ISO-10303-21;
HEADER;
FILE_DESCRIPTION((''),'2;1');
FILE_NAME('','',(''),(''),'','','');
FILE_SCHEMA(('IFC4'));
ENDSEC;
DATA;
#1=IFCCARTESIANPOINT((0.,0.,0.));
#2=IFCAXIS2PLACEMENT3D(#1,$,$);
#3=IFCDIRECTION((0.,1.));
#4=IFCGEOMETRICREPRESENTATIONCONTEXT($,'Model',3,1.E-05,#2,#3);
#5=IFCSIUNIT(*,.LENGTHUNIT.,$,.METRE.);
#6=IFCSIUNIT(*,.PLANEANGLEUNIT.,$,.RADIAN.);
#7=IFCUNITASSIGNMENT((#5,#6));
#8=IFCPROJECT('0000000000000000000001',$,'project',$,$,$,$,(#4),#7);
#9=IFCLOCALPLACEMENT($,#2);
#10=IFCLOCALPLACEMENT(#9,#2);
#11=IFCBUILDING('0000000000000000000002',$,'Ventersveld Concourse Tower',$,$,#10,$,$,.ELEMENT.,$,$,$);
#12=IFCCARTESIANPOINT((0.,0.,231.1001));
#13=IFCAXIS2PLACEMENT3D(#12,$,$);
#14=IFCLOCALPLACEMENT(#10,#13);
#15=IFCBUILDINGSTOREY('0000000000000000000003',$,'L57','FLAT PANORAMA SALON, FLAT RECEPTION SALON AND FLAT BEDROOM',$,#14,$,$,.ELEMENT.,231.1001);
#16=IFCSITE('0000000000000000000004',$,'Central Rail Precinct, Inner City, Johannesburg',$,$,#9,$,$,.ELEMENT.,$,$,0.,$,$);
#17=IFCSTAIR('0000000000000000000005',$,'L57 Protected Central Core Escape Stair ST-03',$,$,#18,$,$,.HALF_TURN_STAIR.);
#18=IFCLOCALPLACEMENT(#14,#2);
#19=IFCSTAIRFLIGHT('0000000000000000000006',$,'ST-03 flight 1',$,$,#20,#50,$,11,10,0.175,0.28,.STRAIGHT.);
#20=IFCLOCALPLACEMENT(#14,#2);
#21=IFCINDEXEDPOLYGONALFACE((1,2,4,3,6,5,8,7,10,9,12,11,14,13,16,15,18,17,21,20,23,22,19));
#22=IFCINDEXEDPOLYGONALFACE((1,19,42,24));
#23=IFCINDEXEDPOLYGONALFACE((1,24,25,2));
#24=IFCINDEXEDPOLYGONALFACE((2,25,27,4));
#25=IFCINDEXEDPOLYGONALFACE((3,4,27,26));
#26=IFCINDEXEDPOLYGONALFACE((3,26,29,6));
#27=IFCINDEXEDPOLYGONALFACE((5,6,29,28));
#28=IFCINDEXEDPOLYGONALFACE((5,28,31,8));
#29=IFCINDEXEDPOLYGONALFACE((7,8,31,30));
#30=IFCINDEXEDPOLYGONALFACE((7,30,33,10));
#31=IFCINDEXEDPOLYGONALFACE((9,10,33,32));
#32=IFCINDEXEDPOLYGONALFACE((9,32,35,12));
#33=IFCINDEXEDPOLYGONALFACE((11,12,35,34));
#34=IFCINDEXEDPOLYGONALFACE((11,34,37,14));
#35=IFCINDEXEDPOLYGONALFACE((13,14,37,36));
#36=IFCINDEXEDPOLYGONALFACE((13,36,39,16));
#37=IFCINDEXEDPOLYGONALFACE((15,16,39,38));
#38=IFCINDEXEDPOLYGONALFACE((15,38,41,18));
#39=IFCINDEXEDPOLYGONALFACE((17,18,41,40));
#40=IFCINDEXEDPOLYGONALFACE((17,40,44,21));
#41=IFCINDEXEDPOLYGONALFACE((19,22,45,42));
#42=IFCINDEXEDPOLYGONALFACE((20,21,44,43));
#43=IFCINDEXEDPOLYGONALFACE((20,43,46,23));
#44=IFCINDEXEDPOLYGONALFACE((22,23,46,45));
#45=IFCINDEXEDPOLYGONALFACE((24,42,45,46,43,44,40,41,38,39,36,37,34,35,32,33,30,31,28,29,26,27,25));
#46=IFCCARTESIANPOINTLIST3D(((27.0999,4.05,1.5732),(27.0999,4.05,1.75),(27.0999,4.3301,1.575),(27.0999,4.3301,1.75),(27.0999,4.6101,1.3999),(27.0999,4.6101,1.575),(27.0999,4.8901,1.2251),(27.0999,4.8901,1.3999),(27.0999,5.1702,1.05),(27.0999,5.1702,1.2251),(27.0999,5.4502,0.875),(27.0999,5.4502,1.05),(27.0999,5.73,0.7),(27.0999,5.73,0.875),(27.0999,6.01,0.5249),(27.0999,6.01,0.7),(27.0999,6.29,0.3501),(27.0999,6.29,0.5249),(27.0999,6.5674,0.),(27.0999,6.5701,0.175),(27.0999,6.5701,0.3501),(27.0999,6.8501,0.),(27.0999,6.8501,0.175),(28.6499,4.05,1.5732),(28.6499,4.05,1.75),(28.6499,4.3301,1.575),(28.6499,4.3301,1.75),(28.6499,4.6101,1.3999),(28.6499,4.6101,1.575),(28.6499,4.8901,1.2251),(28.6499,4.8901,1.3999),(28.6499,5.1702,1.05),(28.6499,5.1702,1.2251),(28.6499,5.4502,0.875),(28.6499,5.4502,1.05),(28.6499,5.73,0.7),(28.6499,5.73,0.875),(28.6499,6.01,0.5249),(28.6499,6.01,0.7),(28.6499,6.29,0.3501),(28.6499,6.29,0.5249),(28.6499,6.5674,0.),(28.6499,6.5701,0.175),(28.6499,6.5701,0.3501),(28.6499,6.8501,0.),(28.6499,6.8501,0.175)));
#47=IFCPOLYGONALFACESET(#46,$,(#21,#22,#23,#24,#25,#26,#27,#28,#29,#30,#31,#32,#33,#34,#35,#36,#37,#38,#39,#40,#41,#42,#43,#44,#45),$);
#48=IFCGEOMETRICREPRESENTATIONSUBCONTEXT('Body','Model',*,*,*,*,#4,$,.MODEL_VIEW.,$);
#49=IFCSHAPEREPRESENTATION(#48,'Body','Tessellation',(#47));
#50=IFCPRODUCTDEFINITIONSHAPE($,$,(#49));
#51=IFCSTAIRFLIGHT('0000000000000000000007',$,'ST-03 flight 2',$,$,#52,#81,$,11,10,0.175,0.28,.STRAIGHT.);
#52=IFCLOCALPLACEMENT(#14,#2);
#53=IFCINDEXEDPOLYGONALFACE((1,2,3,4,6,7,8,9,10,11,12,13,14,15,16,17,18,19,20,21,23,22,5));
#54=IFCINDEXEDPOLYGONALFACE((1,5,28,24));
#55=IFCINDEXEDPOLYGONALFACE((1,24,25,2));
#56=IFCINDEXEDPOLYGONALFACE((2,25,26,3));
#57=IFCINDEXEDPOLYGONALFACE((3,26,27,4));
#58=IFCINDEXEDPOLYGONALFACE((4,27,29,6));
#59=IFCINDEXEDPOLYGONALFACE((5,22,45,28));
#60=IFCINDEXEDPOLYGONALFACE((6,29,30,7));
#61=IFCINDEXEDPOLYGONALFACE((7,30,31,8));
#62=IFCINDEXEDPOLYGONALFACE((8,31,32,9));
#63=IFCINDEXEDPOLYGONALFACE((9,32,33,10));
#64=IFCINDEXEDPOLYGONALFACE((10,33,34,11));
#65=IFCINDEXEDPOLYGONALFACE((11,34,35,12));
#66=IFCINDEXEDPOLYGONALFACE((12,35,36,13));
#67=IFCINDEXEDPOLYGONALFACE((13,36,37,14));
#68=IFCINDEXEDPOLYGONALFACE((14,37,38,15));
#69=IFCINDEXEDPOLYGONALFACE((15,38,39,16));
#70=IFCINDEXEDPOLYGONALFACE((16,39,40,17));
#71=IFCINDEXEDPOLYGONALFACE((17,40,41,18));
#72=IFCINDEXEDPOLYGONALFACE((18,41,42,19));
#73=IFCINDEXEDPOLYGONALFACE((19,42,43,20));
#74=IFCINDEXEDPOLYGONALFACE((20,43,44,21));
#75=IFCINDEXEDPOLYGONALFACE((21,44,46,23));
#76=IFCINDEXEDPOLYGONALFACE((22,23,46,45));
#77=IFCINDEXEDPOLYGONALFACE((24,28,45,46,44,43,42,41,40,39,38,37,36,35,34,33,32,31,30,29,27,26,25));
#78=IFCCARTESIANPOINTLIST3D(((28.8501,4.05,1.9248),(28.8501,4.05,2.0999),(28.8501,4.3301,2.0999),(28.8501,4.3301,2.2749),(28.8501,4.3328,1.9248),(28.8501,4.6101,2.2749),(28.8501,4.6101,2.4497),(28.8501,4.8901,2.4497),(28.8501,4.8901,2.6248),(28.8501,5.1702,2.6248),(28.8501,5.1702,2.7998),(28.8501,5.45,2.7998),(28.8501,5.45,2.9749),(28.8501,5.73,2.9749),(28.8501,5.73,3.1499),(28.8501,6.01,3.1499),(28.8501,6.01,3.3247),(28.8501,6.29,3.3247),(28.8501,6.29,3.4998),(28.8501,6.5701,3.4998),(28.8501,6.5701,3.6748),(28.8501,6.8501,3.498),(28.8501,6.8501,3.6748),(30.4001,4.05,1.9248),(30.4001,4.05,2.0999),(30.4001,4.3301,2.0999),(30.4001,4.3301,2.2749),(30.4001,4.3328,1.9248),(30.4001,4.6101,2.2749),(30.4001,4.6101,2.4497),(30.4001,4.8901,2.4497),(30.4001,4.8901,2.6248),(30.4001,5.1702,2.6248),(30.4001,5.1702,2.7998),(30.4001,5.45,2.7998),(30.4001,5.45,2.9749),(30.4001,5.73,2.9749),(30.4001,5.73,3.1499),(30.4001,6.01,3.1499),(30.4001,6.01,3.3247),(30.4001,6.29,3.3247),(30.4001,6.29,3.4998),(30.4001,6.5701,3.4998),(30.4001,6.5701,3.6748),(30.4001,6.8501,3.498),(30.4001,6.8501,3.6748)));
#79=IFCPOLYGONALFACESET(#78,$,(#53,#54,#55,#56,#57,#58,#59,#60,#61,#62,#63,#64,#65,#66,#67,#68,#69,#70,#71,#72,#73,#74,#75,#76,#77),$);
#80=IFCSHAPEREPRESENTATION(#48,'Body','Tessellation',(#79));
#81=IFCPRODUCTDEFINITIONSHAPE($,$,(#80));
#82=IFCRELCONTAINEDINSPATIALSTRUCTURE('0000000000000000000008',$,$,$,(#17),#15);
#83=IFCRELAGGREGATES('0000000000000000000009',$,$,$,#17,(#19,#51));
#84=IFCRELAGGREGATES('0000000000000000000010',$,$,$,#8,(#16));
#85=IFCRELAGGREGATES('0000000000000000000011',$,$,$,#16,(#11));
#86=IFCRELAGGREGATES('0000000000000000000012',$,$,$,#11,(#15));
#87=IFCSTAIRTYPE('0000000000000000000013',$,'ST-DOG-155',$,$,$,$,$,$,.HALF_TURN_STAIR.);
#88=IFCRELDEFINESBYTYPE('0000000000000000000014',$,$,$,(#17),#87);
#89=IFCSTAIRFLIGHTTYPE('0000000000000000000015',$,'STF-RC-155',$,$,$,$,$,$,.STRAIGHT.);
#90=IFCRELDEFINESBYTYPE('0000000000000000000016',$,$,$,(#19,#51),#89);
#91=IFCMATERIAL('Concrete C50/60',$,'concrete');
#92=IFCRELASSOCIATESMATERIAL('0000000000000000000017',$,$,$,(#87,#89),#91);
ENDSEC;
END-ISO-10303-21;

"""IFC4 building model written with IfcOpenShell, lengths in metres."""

from ifc_helpers import new_model, si_unit, direction, frame, origin, place, context, subcontext, project, spatial, polyline, outline, extrude, material, type_object, element, aggregate, save


model = new_model("IFC4")

# Units and contexts
model_context = context("Model", 3, precision=1e-05, world=origin(), true_north=direction((0.0, 1.0)))
body_context = subcontext(model_context, "Body", "Model", "MODEL_VIEW")
ifc_project = project(units=[si_unit("LENGTHUNIT", "METRE"), si_unit("PLANEANGLEUNIT", "RADIAN")], contexts=[model_context])

# Site, building, storey
site_placement = place(None, origin())
site = spatial("IfcSite", under=ifc_project, at=site_placement, Name="Central Rail Precinct, Inner City, Johannesburg", CompositionType="ELEMENT", RefElevation=0.0)
building_placement = place(site_placement, origin())
building = spatial("IfcBuilding", under=site, at=building_placement, Name="Ventersveld Concourse Tower", CompositionType="ELEMENT")
storey_placement = place(building_placement, frame((0.0, 0.0, 231.1001)))
storey = spatial("IfcBuildingStorey", under=building, at=storey_placement, Name="L57", Description="FLAT PANORAMA SALON, FLAT RECEPTION SALON AND FLAT BEDROOM", CompositionType="ELEMENT", Elevation=231.1001)

# Shared definitions
ifc_material_1 = material(Name="Concrete C50/60", Category="concrete")

# Stair, stair flights
stair_type = type_object("IfcStairType", Name="ST-DOG-155", PredefinedType="HALF_TURN_STAIR", material=ifc_material_1)
stair_placement = place(storey_placement, origin())
stair = element("IfcStair", 1, at=stair_placement, inside=storey, type_object=stair_type, Name="L57 Protected Central Core Escape Stair ST-03", PredefinedType="HALF_TURN_STAIR")
stair_flight_type = type_object("IfcStairFlightType", Name="STF-RC-155", PredefinedType="STRAIGHT", material=ifc_material_1)
stair_flight_1_placement = place(storey_placement, frame((27.875, 6.8501, 0.0), z_axis=(0.0, 0.0, 1.0), x_axis=(0.0, -1.0, 0.0)))
stair_flight_1 = element("IfcStairFlight", 2, at=stair_flight_1_placement, type_object=stair_flight_type, Name="ST-03 flight 1", NumberOfRisers=11, NumberOfTreads=10, PredefinedType="STRAIGHT", RiserHeight=0.175, TreadLength=0.28, context=body_context, shape_type="SweptSolid", body=[
    extrude(outline(polyline([(0.0, 0.0), (0.0, 0.175), (0.28, 0.175), (0.28, 0.3501), (0.5601, 0.3501), (0.5601, 0.5249), (0.8401, 0.5249), (0.8401, 0.7), (1.1201, 0.7), (1.1201, 0.875), (1.3999, 0.875), (1.3999, 1.05), (1.6799, 1.05), (1.6799, 1.2251), (1.96, 1.2251), (1.96, 1.3999), (2.24, 1.3999), (2.24, 1.575), (2.52, 1.575), (2.52, 1.75), (2.8, 1.75), (2.8, 1.925), (2.8, 1.5732), (0.2827, 0.0), (0.0, 0.0)])), frame((0.0, 0.7749, 0.0), z_axis=(0.0, -1.0, 0.0), x_axis=(1.0, 0.0, 0.0)), (0.0, 0.0, 1.0), 1.55),
])
stair_flight_2_placement = place(storey_placement, frame((29.625, 4.05, 1.9248), z_axis=(0.0, 0.0, 1.0), x_axis=(0.0, 1.0, 0.0)))
stair_flight_2 = element("IfcStairFlight", 3, at=stair_flight_2_placement, type_object=stair_flight_type, Name="ST-03 flight 2", NumberOfRisers=11, NumberOfTreads=10, PredefinedType="STRAIGHT", RiserHeight=0.175, TreadLength=0.28, context=body_context, shape_type="SweptSolid", body=[
    extrude(outline(polyline([(0.0, 0.0), (0.0, 0.175), (0.28, 0.175), (0.28, 0.3501), (0.5601, 0.3501), (0.5601, 0.5249), (0.8401, 0.5249), (0.8401, 0.7), (1.1201, 0.7), (1.1201, 0.875), (1.3999, 0.875), (1.3999, 1.05), (1.6799, 1.05), (1.6799, 1.2251), (1.96, 1.2251), (1.96, 1.3999), (2.24, 1.3999), (2.24, 1.575), (2.52, 1.575), (2.52, 1.75), (2.8, 1.75), (2.8, 1.925), (2.8, 1.5732), (0.2827, 0.0), (0.0, 0.0)])), frame((0.0, 0.7749, 0.0), z_axis=(0.0, -1.0, 0.0), x_axis=(1.0, 0.0, 0.0)), (0.0, 0.0, 1.0), 1.55),
])
aggregate(stair, [stair_flight_1, stair_flight_2])

save(model, "model.ifc")
